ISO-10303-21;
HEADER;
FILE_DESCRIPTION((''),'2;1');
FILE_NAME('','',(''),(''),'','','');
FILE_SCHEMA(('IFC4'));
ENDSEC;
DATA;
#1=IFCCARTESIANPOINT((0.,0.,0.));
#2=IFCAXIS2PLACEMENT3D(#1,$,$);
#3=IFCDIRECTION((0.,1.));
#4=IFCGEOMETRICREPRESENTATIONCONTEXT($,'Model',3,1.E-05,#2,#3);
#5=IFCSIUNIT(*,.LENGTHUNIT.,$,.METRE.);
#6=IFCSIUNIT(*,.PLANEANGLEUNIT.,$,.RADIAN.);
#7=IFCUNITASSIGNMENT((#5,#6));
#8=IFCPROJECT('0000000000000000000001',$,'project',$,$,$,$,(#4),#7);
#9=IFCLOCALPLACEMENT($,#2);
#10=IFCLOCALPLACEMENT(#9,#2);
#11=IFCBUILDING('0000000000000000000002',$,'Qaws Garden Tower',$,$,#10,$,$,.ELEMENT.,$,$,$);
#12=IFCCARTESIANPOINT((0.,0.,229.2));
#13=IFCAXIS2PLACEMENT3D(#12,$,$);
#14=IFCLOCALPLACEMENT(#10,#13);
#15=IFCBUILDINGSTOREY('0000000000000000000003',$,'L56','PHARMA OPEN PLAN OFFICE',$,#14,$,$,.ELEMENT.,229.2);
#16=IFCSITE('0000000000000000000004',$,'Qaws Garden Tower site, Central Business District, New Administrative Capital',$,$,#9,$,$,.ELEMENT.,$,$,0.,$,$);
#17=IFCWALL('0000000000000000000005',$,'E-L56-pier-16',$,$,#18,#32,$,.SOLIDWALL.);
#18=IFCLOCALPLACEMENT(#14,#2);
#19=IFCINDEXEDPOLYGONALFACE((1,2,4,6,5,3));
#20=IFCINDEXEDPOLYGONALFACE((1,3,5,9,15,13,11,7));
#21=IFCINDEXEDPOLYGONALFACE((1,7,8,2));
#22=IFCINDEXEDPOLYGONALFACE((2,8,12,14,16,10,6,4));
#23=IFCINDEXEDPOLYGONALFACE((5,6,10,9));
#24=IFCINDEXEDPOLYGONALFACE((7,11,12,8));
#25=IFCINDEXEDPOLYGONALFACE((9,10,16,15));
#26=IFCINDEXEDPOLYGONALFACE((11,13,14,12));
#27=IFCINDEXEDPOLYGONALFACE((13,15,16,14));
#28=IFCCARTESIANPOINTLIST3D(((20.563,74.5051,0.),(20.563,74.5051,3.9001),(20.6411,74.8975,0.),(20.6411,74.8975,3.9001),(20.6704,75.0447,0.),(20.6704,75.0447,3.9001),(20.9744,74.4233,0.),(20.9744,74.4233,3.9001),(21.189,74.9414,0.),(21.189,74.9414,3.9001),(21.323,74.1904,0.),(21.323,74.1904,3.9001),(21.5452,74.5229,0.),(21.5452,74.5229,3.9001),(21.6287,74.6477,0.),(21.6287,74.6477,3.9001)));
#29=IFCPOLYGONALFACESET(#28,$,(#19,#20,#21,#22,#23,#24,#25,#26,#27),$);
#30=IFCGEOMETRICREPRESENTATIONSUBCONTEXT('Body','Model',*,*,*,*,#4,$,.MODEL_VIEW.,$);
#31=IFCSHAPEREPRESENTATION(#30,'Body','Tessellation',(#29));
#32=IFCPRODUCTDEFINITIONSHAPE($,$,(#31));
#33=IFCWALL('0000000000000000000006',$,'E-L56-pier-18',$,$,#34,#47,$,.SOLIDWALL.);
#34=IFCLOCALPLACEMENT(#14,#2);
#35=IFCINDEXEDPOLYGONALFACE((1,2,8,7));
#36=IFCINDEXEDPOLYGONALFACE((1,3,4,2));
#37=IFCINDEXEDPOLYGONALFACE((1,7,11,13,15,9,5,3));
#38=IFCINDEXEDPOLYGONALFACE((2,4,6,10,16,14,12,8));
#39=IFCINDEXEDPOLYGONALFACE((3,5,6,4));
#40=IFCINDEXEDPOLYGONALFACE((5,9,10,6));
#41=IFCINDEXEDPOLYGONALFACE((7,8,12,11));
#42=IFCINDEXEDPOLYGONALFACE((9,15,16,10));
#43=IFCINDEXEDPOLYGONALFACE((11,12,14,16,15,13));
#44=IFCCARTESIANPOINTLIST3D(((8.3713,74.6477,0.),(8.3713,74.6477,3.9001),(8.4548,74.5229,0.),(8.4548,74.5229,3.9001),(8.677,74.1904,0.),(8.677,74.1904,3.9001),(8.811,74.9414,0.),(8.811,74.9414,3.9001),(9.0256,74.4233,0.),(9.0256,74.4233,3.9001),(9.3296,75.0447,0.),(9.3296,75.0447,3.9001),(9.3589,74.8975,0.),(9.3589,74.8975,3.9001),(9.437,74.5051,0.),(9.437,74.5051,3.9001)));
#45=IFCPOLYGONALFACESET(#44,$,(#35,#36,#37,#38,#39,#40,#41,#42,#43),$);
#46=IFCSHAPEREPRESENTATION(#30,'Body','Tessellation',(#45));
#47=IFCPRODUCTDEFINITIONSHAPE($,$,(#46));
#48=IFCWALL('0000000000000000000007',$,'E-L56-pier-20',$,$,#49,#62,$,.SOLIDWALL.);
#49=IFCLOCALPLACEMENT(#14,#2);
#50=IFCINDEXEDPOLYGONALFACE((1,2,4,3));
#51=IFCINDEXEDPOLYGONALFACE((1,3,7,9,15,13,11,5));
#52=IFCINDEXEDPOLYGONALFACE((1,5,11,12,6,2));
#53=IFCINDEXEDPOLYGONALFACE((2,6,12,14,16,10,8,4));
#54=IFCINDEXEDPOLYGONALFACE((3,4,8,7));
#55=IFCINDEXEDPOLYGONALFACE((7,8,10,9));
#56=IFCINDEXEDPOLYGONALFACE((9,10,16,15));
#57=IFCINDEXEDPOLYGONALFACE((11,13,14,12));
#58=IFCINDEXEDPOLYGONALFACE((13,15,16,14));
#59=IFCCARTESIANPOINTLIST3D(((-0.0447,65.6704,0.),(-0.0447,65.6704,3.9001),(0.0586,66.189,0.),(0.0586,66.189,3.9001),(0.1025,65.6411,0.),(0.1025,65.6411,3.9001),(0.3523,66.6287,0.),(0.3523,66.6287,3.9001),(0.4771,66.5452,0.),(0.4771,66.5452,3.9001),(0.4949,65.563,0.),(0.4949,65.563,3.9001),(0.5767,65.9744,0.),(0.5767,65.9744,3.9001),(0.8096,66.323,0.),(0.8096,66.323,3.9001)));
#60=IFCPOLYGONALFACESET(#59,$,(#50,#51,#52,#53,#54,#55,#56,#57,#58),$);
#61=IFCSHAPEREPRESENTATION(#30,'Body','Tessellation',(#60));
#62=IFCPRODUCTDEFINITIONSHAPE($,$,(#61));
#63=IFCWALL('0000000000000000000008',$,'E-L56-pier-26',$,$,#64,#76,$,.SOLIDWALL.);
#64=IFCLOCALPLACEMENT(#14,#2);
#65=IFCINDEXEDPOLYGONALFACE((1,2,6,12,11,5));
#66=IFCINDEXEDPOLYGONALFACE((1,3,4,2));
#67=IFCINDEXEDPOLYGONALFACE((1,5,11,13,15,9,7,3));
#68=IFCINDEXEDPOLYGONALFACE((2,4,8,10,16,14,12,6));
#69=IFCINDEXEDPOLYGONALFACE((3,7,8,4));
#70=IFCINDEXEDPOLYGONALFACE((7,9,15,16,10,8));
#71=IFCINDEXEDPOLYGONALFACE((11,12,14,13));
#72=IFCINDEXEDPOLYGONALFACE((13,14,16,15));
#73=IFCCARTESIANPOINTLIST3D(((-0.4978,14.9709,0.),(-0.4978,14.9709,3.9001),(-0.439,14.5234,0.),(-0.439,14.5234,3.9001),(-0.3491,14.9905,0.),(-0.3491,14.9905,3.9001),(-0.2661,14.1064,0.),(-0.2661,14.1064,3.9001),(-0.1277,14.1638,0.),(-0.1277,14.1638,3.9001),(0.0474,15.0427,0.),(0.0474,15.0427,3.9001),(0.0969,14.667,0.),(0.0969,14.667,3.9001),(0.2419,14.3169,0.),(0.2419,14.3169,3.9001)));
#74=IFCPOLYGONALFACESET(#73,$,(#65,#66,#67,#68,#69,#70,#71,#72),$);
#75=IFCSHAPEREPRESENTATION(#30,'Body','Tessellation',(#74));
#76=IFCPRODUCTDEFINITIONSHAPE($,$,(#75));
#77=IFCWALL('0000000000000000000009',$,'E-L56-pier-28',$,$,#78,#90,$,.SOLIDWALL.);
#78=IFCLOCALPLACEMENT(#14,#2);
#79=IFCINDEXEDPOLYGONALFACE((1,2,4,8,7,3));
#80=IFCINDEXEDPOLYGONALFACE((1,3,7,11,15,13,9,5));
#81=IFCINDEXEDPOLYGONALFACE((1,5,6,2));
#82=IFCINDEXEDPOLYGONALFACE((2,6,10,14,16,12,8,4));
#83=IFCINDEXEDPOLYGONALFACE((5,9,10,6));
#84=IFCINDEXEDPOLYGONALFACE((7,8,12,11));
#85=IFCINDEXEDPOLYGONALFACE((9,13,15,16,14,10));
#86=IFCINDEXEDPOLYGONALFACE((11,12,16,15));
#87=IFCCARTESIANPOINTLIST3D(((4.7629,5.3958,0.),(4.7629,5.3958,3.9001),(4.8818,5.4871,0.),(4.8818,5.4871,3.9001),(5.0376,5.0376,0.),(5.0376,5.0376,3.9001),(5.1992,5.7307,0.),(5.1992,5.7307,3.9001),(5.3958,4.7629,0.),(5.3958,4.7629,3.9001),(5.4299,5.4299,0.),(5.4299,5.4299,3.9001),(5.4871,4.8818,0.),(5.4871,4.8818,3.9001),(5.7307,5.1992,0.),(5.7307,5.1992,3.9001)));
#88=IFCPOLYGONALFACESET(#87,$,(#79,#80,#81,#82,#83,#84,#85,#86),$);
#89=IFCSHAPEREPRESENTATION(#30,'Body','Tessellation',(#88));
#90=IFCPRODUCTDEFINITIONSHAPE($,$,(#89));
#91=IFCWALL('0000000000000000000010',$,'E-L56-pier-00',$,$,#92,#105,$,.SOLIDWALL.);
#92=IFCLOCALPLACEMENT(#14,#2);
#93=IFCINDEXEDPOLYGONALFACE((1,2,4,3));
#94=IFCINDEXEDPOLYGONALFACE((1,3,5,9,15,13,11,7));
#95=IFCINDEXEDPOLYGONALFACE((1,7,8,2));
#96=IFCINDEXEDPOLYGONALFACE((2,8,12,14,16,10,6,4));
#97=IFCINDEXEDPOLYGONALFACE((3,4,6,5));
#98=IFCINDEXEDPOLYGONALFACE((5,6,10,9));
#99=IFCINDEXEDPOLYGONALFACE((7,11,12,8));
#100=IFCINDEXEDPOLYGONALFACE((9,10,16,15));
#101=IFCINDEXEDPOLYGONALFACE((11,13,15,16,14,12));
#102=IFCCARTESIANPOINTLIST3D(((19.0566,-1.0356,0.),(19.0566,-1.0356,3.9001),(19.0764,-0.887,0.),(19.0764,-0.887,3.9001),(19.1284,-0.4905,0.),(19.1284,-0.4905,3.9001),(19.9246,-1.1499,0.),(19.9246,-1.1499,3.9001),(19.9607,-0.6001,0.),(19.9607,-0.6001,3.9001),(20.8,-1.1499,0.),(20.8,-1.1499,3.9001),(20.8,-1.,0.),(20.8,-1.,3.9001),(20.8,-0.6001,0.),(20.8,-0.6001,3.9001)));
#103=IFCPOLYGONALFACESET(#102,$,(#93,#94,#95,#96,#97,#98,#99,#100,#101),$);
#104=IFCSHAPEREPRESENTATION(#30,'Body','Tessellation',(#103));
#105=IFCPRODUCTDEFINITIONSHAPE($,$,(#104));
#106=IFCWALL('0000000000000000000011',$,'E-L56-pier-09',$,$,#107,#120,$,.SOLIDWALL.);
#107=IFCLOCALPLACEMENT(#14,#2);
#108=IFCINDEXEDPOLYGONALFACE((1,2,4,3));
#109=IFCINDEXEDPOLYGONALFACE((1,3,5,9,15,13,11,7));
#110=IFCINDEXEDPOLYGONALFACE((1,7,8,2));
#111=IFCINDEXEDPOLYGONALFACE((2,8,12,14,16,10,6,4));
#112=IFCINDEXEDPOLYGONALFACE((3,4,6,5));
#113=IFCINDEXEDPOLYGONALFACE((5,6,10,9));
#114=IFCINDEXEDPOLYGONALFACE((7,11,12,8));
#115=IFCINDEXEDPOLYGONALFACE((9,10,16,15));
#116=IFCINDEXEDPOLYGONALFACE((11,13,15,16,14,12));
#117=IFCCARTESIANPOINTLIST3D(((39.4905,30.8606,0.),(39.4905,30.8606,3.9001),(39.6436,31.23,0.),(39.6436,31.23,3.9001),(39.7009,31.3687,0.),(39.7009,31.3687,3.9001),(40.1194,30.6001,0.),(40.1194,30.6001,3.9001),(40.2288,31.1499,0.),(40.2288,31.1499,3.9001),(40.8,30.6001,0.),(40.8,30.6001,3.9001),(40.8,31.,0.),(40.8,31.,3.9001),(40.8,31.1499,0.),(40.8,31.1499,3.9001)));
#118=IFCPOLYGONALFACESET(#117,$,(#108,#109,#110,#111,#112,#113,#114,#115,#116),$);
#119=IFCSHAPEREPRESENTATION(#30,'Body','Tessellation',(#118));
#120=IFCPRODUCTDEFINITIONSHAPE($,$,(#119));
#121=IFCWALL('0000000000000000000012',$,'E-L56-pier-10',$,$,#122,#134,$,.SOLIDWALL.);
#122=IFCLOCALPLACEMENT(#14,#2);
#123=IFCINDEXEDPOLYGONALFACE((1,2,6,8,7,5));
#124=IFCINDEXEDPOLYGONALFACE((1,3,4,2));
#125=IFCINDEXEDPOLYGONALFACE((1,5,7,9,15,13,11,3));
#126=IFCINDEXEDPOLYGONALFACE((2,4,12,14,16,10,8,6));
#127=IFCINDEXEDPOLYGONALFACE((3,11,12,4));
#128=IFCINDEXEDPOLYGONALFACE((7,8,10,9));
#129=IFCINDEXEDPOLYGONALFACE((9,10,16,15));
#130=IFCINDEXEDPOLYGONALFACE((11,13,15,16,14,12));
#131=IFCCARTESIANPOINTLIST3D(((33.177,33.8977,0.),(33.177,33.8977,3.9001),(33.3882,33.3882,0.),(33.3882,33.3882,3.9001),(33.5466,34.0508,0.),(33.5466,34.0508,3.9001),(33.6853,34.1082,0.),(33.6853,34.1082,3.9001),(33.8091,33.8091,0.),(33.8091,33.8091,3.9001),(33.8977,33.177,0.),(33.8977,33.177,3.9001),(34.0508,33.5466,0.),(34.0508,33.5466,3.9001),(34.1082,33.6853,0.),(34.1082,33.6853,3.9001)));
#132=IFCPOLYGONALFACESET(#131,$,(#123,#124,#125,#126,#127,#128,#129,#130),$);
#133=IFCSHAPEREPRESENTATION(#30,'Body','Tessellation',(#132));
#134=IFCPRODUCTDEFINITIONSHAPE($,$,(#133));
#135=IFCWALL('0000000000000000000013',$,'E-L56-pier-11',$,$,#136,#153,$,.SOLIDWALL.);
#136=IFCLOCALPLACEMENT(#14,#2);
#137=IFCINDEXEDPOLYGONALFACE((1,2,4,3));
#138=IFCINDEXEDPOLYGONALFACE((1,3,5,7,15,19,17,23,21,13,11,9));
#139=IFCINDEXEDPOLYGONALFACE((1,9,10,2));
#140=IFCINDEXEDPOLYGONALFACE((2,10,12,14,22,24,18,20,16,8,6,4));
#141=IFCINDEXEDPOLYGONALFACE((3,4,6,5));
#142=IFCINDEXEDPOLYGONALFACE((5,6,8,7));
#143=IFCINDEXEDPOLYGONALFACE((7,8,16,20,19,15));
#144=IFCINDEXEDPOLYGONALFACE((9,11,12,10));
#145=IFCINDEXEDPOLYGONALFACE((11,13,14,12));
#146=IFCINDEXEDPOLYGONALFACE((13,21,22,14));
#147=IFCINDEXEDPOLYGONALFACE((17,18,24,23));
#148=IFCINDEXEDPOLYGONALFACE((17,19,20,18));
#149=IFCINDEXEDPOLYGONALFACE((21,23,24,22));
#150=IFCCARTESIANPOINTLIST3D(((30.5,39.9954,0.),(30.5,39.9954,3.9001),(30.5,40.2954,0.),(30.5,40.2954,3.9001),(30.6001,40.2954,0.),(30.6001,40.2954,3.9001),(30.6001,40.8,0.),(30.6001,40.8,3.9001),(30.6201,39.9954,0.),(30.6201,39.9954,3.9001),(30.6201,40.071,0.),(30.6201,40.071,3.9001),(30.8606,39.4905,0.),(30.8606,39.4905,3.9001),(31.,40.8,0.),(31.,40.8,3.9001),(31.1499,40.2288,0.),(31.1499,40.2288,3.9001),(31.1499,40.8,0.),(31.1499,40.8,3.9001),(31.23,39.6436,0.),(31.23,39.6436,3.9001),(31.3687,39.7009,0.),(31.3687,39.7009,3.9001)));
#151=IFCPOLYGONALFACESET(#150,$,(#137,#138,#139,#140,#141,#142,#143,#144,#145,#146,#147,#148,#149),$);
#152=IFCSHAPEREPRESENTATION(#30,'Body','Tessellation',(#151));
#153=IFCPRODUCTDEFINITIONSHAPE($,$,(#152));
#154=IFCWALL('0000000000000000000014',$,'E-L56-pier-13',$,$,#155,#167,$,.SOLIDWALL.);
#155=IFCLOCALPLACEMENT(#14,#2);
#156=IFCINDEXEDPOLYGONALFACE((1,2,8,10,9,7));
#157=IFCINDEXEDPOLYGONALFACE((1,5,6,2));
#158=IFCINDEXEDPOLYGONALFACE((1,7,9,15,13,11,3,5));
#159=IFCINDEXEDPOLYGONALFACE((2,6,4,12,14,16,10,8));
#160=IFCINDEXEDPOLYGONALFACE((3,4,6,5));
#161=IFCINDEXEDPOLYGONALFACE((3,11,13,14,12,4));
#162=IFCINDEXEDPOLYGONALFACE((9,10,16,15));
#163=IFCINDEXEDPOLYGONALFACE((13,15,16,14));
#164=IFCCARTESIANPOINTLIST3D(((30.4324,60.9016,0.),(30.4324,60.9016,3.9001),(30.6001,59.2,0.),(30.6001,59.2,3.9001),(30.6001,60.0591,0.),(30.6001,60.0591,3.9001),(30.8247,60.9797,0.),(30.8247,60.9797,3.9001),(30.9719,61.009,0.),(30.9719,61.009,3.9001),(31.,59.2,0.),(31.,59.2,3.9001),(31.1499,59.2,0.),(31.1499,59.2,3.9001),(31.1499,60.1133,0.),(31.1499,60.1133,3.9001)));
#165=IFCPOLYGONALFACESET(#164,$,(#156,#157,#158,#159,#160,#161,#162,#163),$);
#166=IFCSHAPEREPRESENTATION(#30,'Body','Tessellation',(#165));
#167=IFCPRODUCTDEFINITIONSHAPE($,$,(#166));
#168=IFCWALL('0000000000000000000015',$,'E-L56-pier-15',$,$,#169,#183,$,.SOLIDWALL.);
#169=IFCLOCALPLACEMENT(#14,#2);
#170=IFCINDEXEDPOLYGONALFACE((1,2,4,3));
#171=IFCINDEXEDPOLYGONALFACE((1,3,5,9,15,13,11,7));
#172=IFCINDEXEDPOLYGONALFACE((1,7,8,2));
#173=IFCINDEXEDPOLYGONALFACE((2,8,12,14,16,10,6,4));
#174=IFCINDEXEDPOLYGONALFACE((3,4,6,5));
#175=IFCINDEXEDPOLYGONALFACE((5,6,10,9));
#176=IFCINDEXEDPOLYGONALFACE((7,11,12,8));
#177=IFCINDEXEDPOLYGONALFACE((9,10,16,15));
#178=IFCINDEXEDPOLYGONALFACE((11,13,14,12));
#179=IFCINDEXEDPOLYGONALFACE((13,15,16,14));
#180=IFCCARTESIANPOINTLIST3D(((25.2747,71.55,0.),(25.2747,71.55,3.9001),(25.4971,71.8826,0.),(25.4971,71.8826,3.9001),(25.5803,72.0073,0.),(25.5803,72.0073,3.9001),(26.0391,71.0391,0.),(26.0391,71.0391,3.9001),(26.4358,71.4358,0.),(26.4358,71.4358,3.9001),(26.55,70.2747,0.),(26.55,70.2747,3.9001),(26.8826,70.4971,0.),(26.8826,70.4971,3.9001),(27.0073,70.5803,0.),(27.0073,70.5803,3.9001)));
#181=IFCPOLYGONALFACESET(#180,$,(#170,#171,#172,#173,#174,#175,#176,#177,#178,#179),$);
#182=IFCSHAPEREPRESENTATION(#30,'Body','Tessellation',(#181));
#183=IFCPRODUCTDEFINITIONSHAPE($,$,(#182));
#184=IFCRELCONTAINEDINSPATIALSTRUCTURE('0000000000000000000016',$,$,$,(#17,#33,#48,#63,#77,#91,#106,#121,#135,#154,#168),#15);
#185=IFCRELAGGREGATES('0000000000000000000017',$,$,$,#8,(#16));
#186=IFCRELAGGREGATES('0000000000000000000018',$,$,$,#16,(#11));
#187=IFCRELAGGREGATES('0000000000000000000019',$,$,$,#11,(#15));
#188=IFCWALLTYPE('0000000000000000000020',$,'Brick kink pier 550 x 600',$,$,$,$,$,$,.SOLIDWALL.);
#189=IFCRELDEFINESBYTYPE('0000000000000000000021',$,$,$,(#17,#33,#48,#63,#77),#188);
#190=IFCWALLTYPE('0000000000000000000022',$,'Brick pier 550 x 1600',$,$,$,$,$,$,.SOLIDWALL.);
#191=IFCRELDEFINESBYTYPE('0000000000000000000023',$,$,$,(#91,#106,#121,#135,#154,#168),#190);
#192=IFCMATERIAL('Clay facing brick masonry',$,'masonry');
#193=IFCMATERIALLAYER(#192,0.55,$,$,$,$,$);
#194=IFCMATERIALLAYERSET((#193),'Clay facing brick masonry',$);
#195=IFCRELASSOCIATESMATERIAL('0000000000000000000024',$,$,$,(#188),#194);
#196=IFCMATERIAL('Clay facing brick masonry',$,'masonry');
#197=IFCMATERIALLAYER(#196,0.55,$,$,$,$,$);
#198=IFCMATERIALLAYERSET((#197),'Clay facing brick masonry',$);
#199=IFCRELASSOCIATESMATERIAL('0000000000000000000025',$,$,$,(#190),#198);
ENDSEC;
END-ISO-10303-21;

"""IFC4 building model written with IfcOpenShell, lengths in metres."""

from ifc_helpers import new_model, si_unit, direction, frame, origin, place, context, subcontext, project, spatial, polyline, outline, extrude, material, layer, layer_set, type_object, element, save


model = new_model("IFC4")

# Units and contexts
model_context = context("Model", 3, precision=1e-05, world=origin(), true_north=direction((0.0, 1.0)))
body_context = subcontext(model_context, "Body", "Model", "MODEL_VIEW")
ifc_project = project(units=[si_unit("LENGTHUNIT", "METRE"), si_unit("PLANEANGLEUNIT", "RADIAN")], contexts=[model_context])

# Site, building, storey
site_placement = place(None, origin())
site = spatial("IfcSite", under=ifc_project, at=site_placement, Name="Qaws Garden Tower site, Central Business District, New Administrative Capital", CompositionType="ELEMENT", RefElevation=0.0)
building_placement = place(site_placement, origin())
building = spatial("IfcBuilding", under=site, at=building_placement, Name="Qaws Garden Tower", CompositionType="ELEMENT")
storey_placement = place(building_placement, frame((0.0, 0.0, 229.2)))
storey = spatial("IfcBuildingStorey", under=building, at=storey_placement, Name="L56", Description="PHARMA OPEN PLAN OFFICE", CompositionType="ELEMENT", Elevation=229.2)

# Walls
placement = place(storey_placement, origin())
ifc_material_1 = material(Name="Clay facing brick masonry", Category="masonry")
ifc_layer_1 = layer(ifc_material_1, 0.55)
ifc_layer_set_1 = layer_set([ifc_layer_1], Name="Clay facing brick masonry")
wall_type_1 = type_object("IfcWallType", Name="Brick kink pier 550 x 600", PredefinedType="SOLIDWALL", material=ifc_layer_set_1)
element("IfcWall", 1, at=placement, inside=storey, type_object=wall_type_1, Name="E-L56-pier-16", PredefinedType="SOLIDWALL", context=body_context, shape_type="SweptSolid", body=[
    extrude(outline(polyline([(21.5452, 74.5229), (21.6287, 74.6477), (21.189, 74.9414), (20.6704, 75.0447), (20.6411, 74.8975), (20.563, 74.5051), (20.9744, 74.4233), (21.323, 74.1904), (21.5452, 74.5229)])), origin(), (0.0, 0.0, 1.0), 3.9001),
])
element("IfcWall", 2, at=placement, inside=storey, type_object=wall_type_1, Name="E-L56-pier-18", PredefinedType="SOLIDWALL", context=body_context, shape_type="SweptSolid", body=[
    extrude(outline(polyline([(9.3589, 74.8975), (9.3296, 75.0447), (8.811, 74.9414), (8.3713, 74.6477), (8.4548, 74.5229), (8.677, 74.1904), (9.0256, 74.4233), (9.437, 74.5051), (9.3589, 74.8975)])), origin(), (0.0, 0.0, 1.0), 3.9001),
])
element("IfcWall", 3, at=placement, inside=storey, type_object=wall_type_1, Name="E-L56-pier-20", PredefinedType="SOLIDWALL", context=body_context, shape_type="SweptSolid", body=[
    extrude(outline(polyline([(0.4771, 66.5452), (0.3523, 66.6287), (0.0586, 66.189), (-0.0447, 65.6704), (0.1025, 65.6411), (0.4949, 65.563), (0.5767, 65.9744), (0.8096, 66.323), (0.4771, 66.5452)])), origin(), (0.0, 0.0, 1.0), 3.9001),
])
element("IfcWall", 4, at=placement, inside=storey, type_object=wall_type_1, Name="E-L56-pier-26", PredefinedType="SOLIDWALL", context=body_context, shape_type="SweptSolid", body=[
    extrude(outline(polyline([(-0.3491, 14.9905), (-0.4978, 14.9709), (-0.439, 14.5234), (-0.2661, 14.1064), (-0.1277, 14.1638), (0.2419, 14.3169), (0.0969, 14.667), (0.0474, 15.0427), (-0.3491, 14.9905)])), origin(), (0.0, 0.0, 1.0), 3.9001),
])
element("IfcWall", 5, at=placement, inside=storey, type_object=wall_type_1, Name="E-L56-pier-28", PredefinedType="SOLIDWALL", context=body_context, shape_type="SweptSolid", body=[
    extrude(outline(polyline([(4.8818, 5.4871), (4.7629, 5.3958), (5.0376, 5.0376), (5.3958, 4.7629), (5.4871, 4.8818), (5.7307, 5.1992), (5.4299, 5.4299), (5.1992, 5.7307), (4.8818, 5.4871)])), origin(), (0.0, 0.0, 1.0), 3.9001),
])
ifc_material_2 = material(Name="Clay facing brick masonry", Category="masonry")
ifc_layer_2 = layer(ifc_material_2, 0.55)
ifc_layer_set_2 = layer_set([ifc_layer_2], Name="Clay facing brick masonry")
wall_type_2 = type_object("IfcWallType", Name="Brick pier 550 x 1600", PredefinedType="SOLIDWALL", material=ifc_layer_set_2)
element("IfcWall", 6, at=placement, inside=storey, type_object=wall_type_2, Name="E-L56-pier-00", PredefinedType="SOLIDWALL", context=body_context, shape_type="SweptSolid", body=[
    extrude(outline(polyline([(19.0764, -0.887), (19.0566, -1.0356), (19.9246, -1.1499), (20.8, -1.1499), (20.8, -1.0), (20.8, -0.6001), (19.9607, -0.6001), (19.1284, -0.4905), (19.0764, -0.887)])), origin(), (0.0, 0.0, 1.0), 3.9001),
])
element("IfcWall", 7, at=placement, inside=storey, type_object=wall_type_2, Name="E-L56-pier-09", PredefinedType="SOLIDWALL", context=body_context, shape_type="SweptSolid", body=[
    extrude(outline(polyline([(40.8, 31.0), (40.8, 31.1499), (40.2288, 31.1499), (39.7009, 31.3687), (39.6436, 31.23), (39.4905, 30.8606), (40.1194, 30.6001), (40.8, 30.6001), (40.8, 31.0)])), origin(), (0.0, 0.0, 1.0), 3.9001),
])
element("IfcWall", 8, at=placement, inside=storey, type_object=wall_type_2, Name="E-L56-pier-10", PredefinedType="SOLIDWALL", context=body_context, shape_type="SweptSolid", body=[
    extrude(outline(polyline([(34.0508, 33.5466), (34.1082, 33.6853), (33.8091, 33.8091), (33.6853, 34.1082), (33.5466, 34.0508), (33.177, 33.8977), (33.3882, 33.3882), (33.8977, 33.177), (34.0508, 33.5466)])), origin(), (0.0, 0.0, 1.0), 3.9001),
])
element("IfcWall", 9, at=placement, inside=storey, type_object=wall_type_2, Name="E-L56-pier-11", PredefinedType="SOLIDWALL", context=body_context, shape_type="SweptSolid", body=[
    extrude(outline(polyline([(30.6201, 39.9954), (30.6201, 40.071), (30.8606, 39.4905), (31.23, 39.6436), (31.3687, 39.7009), (31.1499, 40.2288), (31.1499, 40.8), (31.0, 40.8), (30.6001, 40.8), (30.6001, 40.2954), (30.5, 40.2954), (30.5, 39.9954), (30.6201, 39.9954)])), origin(), (0.0, 0.0, 1.0), 3.9001),
])
element("IfcWall", 10, at=placement, inside=storey, type_object=wall_type_2, Name="E-L56-pier-13", PredefinedType="SOLIDWALL", context=body_context, shape_type="SweptSolid", body=[
    extrude(outline(polyline([(31.0, 59.2), (31.1499, 59.2), (31.1499, 60.1133), (30.9719, 61.009), (30.8247, 60.9797), (30.4324, 60.9016), (30.6001, 60.0591), (30.6001, 59.2), (31.0, 59.2)])), origin(), (0.0, 0.0, 1.0), 3.9001),
])
element("IfcWall", 11, at=placement, inside=storey, type_object=wall_type_2, Name="E-L56-pier-15", PredefinedType="SOLIDWALL", context=body_context, shape_type="SweptSolid", body=[
    extrude(outline(polyline([(26.8826, 70.4971), (27.0073, 70.5803), (26.4358, 71.4358), (25.5803, 72.0073), (25.4971, 71.8826), (25.2747, 71.55), (26.0391, 71.0391), (26.55, 70.2747), (26.8826, 70.4971)])), origin(), (0.0, 0.0, 1.0), 3.9001),
])

save(model, "model.ifc")
